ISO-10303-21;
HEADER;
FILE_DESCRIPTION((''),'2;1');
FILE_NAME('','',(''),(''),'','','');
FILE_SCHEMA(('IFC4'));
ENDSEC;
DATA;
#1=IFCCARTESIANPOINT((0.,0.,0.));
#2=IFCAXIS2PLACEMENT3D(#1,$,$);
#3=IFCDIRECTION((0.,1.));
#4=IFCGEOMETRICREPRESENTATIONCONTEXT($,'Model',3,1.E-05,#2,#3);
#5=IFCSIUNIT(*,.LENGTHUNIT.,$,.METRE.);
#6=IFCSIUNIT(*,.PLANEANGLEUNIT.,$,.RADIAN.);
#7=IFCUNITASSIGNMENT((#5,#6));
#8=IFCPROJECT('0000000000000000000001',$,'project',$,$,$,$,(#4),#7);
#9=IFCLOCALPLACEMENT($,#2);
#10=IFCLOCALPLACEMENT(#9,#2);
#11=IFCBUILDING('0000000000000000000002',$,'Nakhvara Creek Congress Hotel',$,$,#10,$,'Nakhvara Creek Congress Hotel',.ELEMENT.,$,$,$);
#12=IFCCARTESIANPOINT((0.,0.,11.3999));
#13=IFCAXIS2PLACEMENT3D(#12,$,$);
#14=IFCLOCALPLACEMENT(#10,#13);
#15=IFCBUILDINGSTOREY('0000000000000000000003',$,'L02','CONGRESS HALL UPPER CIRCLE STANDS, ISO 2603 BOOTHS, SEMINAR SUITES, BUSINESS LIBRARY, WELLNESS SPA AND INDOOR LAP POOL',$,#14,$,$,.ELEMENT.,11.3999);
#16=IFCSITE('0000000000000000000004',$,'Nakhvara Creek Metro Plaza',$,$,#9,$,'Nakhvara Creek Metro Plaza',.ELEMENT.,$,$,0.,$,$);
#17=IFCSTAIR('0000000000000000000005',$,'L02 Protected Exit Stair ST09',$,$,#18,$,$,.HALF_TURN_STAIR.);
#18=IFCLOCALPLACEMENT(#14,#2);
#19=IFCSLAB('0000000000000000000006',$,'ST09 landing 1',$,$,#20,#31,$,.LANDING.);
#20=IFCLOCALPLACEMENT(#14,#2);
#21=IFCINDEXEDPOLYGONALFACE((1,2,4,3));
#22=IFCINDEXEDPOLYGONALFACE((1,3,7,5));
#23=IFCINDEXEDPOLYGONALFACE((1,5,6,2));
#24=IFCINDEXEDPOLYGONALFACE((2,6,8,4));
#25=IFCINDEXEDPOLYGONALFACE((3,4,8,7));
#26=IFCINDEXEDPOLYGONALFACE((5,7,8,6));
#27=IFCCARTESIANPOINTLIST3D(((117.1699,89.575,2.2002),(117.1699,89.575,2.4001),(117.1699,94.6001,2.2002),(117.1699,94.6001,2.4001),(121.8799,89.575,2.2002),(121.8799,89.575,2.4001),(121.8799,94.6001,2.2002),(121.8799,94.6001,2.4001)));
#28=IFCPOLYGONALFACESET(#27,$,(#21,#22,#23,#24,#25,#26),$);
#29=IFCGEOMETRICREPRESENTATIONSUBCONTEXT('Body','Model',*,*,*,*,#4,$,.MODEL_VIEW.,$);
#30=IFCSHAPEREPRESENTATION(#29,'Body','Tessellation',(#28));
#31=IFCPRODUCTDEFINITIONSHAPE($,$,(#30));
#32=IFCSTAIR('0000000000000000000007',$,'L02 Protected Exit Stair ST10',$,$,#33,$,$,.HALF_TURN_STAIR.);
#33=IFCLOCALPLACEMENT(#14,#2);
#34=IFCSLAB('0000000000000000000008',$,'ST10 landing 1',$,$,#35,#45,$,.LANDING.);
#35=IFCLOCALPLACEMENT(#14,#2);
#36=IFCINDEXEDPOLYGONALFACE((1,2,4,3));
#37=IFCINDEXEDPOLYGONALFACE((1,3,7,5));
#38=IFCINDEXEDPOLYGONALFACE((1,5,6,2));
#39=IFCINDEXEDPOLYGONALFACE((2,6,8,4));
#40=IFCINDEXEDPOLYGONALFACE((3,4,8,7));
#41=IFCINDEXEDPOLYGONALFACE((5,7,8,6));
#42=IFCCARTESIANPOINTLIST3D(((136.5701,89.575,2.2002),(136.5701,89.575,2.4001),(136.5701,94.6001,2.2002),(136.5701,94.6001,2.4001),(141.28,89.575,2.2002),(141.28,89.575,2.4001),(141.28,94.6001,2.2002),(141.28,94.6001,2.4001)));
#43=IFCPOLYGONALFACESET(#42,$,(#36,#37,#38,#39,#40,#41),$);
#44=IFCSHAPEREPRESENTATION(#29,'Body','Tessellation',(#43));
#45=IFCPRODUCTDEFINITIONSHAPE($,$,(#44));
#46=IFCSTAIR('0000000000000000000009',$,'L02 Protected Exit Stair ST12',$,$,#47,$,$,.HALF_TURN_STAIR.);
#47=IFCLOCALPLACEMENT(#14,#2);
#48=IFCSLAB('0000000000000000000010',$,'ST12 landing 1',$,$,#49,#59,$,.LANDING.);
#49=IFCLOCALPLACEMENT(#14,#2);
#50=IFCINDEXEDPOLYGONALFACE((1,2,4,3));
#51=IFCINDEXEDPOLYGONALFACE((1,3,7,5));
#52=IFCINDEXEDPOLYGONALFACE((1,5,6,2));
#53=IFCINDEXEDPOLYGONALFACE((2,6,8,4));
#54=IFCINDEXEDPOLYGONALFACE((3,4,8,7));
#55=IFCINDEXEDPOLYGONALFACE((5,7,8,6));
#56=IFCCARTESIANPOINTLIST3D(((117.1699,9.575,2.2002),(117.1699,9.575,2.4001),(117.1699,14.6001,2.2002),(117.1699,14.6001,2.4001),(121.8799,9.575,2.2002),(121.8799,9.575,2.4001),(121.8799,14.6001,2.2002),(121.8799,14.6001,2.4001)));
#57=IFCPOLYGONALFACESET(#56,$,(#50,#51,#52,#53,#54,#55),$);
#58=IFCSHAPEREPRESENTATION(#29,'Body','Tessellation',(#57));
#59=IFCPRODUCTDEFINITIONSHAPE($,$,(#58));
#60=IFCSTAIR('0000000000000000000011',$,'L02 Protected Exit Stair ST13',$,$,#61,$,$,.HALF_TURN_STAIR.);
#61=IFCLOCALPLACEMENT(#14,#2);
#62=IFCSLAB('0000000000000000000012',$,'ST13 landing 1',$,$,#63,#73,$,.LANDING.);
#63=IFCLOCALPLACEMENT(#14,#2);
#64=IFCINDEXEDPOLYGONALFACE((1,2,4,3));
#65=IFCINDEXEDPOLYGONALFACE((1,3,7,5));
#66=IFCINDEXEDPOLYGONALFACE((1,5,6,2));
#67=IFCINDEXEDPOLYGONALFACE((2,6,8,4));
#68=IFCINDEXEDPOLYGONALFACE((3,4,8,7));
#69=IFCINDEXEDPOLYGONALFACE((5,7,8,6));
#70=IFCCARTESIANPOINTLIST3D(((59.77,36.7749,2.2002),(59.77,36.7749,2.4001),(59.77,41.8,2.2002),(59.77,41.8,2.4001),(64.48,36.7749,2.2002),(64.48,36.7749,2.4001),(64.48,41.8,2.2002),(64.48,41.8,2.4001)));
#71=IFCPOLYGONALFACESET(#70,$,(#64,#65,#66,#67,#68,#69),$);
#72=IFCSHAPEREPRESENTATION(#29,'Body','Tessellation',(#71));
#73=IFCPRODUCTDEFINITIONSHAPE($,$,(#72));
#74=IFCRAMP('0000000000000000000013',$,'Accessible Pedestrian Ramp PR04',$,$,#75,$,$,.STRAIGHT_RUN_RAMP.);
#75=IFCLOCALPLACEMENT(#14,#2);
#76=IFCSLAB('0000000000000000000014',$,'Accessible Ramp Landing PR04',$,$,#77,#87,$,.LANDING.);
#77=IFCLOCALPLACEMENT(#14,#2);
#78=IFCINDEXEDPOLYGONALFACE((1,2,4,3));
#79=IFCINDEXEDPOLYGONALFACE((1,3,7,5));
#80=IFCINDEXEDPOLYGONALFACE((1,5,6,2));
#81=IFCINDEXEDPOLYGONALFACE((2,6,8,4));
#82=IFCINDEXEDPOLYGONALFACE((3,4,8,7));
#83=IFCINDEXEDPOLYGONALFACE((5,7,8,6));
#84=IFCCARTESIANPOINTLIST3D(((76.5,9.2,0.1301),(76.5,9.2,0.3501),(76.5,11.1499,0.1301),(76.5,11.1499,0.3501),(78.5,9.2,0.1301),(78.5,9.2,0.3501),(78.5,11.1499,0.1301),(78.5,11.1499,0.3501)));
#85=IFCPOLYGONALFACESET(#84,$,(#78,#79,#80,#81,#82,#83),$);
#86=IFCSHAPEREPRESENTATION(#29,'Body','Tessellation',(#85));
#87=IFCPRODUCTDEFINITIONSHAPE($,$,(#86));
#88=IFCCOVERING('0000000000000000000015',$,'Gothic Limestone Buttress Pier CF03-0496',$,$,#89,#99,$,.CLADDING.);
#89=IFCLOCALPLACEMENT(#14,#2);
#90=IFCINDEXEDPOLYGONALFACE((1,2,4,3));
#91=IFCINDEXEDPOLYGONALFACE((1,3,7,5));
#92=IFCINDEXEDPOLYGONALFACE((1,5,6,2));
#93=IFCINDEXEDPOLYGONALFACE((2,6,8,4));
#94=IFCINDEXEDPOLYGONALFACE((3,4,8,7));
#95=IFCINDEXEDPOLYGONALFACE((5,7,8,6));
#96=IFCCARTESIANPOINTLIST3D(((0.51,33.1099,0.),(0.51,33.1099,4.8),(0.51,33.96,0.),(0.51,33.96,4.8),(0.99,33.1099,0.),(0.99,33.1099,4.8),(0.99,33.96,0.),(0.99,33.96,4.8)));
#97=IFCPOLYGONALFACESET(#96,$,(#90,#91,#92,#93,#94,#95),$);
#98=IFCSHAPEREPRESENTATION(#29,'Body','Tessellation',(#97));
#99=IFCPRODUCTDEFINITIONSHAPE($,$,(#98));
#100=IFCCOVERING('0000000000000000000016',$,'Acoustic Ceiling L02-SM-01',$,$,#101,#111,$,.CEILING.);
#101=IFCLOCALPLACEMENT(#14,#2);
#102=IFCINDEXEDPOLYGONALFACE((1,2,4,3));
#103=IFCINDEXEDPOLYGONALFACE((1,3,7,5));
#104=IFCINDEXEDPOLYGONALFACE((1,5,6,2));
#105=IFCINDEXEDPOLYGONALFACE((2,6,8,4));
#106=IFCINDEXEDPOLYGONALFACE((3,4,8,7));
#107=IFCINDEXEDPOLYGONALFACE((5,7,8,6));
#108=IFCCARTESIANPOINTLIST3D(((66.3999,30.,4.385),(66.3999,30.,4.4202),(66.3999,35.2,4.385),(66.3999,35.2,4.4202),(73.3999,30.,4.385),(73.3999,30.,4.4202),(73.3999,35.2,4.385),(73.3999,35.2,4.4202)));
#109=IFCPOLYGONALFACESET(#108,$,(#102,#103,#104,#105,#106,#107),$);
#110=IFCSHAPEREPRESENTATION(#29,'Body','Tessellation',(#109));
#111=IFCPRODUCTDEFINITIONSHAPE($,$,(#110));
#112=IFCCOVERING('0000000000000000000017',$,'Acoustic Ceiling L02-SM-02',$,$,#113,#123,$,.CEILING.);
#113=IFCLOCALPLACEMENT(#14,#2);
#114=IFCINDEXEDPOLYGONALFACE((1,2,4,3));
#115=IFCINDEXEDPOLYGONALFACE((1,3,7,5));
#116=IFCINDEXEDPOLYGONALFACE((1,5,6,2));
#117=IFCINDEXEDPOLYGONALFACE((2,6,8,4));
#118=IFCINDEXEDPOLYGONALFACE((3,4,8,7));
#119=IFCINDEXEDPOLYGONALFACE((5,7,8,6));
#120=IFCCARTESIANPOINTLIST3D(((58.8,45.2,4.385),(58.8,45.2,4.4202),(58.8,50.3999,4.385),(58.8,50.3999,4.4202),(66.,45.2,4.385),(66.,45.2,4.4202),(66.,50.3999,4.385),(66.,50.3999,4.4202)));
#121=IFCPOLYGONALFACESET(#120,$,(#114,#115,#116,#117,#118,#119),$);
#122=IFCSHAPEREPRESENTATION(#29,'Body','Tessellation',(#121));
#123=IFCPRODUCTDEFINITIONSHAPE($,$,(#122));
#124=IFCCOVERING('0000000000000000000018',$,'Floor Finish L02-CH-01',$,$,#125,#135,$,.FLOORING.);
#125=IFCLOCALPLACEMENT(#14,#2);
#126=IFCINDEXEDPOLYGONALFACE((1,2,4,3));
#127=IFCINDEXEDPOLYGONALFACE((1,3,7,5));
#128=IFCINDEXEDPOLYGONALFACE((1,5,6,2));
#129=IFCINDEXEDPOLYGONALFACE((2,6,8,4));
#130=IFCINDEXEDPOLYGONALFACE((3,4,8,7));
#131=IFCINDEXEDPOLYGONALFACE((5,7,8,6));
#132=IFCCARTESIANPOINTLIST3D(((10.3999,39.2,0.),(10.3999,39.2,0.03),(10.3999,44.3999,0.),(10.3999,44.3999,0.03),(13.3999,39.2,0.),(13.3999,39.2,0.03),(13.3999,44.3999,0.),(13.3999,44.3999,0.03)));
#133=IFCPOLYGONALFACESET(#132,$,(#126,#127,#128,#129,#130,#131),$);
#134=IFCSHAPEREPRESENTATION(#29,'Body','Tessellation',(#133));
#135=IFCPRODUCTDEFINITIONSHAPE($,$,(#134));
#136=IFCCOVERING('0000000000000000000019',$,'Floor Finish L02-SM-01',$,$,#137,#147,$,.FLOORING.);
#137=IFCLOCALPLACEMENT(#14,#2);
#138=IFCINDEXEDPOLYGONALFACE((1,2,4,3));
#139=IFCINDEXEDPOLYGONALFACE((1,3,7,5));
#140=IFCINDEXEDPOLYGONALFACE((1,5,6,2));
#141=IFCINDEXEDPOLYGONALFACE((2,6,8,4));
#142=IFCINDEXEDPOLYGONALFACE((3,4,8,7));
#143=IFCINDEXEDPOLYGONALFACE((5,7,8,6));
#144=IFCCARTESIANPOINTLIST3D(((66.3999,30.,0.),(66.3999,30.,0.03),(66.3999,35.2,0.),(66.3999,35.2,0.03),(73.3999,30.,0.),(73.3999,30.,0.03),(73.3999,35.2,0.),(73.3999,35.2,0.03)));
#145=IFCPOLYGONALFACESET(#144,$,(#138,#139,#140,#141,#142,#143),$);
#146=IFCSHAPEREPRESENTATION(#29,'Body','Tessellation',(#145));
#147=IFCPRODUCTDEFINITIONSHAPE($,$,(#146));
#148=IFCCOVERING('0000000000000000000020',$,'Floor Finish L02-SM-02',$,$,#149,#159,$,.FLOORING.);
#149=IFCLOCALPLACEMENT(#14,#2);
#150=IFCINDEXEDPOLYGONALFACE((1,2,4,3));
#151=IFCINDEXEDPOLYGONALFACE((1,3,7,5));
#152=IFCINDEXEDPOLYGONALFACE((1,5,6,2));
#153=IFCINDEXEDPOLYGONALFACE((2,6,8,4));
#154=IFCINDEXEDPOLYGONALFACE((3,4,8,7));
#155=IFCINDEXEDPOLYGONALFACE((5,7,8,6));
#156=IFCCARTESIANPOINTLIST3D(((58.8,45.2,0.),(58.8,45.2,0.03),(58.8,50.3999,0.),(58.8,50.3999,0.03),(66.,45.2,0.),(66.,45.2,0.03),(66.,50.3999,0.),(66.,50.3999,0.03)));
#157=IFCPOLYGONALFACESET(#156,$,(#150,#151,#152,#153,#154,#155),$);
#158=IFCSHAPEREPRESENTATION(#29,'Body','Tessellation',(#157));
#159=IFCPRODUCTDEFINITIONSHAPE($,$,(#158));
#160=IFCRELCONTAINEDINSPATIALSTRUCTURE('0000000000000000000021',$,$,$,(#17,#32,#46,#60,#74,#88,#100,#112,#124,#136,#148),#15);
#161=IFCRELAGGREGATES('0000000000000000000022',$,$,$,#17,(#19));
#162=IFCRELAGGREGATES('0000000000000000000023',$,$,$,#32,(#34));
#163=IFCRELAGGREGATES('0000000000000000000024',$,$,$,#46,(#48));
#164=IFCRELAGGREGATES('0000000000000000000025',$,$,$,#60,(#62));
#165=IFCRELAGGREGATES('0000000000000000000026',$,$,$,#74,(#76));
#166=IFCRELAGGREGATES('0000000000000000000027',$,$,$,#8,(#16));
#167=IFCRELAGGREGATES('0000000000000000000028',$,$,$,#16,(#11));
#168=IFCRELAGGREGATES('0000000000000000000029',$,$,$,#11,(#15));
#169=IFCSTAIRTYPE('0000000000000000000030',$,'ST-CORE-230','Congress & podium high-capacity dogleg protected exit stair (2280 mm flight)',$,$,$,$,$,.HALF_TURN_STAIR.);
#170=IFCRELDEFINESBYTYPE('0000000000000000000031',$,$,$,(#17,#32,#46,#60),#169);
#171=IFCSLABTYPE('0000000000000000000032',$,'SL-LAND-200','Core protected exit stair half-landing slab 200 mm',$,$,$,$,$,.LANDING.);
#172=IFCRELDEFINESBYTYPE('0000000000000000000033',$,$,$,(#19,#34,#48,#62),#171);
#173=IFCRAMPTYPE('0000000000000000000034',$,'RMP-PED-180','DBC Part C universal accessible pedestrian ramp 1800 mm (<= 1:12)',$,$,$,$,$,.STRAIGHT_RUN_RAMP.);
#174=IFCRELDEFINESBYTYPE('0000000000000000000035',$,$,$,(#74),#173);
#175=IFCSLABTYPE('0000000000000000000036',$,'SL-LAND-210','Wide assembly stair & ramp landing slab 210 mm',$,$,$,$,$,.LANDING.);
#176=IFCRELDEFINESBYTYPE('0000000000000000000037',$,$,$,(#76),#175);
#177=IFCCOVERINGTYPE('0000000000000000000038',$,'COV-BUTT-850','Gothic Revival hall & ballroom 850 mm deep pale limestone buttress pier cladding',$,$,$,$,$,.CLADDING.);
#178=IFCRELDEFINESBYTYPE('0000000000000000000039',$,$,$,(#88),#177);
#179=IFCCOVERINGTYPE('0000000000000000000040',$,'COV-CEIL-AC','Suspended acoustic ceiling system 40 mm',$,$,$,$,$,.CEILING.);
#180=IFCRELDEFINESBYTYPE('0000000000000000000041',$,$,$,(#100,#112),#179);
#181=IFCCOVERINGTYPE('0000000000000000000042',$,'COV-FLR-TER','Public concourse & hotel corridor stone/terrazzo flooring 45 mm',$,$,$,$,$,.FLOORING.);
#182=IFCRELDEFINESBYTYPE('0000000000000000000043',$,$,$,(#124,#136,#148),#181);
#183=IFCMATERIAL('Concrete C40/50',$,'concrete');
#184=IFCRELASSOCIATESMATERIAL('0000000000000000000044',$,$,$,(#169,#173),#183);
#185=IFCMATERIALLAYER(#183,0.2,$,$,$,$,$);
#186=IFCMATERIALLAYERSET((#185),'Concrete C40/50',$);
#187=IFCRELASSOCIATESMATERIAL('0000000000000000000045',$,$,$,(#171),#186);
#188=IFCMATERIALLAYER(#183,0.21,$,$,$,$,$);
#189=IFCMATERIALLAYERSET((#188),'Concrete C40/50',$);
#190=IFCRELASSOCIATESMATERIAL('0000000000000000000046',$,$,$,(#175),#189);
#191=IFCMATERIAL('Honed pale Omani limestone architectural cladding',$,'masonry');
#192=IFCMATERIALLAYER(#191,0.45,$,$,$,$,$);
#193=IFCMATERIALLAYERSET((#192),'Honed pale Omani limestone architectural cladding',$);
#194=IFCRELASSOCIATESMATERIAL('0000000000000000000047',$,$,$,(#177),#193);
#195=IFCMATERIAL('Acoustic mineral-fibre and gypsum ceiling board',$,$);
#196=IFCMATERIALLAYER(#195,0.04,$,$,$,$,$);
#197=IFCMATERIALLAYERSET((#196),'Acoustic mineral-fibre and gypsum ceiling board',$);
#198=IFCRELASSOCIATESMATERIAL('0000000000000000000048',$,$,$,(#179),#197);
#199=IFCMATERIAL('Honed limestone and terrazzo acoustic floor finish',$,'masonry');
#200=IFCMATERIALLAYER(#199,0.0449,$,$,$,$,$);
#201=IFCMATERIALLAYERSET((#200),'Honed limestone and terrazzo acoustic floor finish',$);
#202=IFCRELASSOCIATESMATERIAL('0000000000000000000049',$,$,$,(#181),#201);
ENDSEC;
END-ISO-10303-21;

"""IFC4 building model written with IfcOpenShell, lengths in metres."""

from ifc_helpers import new_model, si_unit, direction, frame, origin, origin_2d, place, context, subcontext, project, spatial, polyline, rectangle, outline, extrude, material, layer, layer_set, type_object, element, aggregate, save


model = new_model("IFC4")

# Units and contexts
model_context = context("Model", 3, precision=1e-05, world=origin(), true_north=direction((0.0, 1.0)))
body_context = subcontext(model_context, "Body", "Model", "MODEL_VIEW")
ifc_project = project(units=[si_unit("LENGTHUNIT", "METRE"), si_unit("PLANEANGLEUNIT", "RADIAN")], contexts=[model_context])

# Site, building, storey
site_placement = place(None, origin())
site = spatial("IfcSite", under=ifc_project, at=site_placement, Name="Nakhvara Creek Metro Plaza", LongName="Nakhvara Creek Metro Plaza", CompositionType="ELEMENT", RefElevation=0.0)
building_placement = place(site_placement, origin())
building = spatial("IfcBuilding", under=site, at=building_placement, Name="Nakhvara Creek Congress Hotel", LongName="Nakhvara Creek Congress Hotel", CompositionType="ELEMENT")
storey_placement = place(building_placement, frame((0.0, 0.0, 11.3999)))
storey = spatial("IfcBuildingStorey", under=building, at=storey_placement, Name="L02", Description="CONGRESS HALL UPPER CIRCLE STANDS, ISO 2603 BOOTHS, SEMINAR SUITES, BUSINESS LIBRARY, WELLNESS SPA AND INDOOR LAP POOL", CompositionType="ELEMENT", Elevation=11.3999)

# Stairs, slabs
ifc_material_1 = material(Name="Concrete C40/50", Category="concrete")
stair_type = type_object("IfcStairType", Name="ST-CORE-230", Description="Congress & podium high-capacity dogleg protected exit stair (2280 mm flight)", PredefinedType="HALF_TURN_STAIR", material=ifc_material_1)
stair_1_placement = place(storey_placement, origin())
stair_1 = element("IfcStair", 1, at=stair_1_placement, inside=storey, type_object=stair_type, Name="L02 Protected Exit Stair ST09", PredefinedType="HALF_TURN_STAIR")
ifc_layer_1 = layer(ifc_material_1, 0.2)
ifc_layer_set_1 = layer_set([ifc_layer_1], Name="Concrete C40/50")
slab_type_1 = type_object("IfcSlabType", Name="SL-LAND-200", Description="Core protected exit stair half-landing slab 200 mm", PredefinedType="LANDING", material=ifc_layer_set_1)
slab_1_placement = place(storey_placement, frame((0.0, 0.0, 2.2002)))
slab_1 = element("IfcSlab", 2, at=slab_1_placement, type_object=slab_type_1, Name="ST09 landing 1", PredefinedType="LANDING", context=body_context, shape_type="SweptSolid", body=[
    extrude(outline(polyline([(121.8799, 89.575), (121.8799, 94.6001), (117.1699, 94.6001), (117.1699, 89.575), (121.8799, 89.575)])), origin(), (0.0, 0.0, 1.0), 0.2),
])
aggregate(stair_1, [slab_1])
stair_2_placement = place(storey_placement, origin())
stair_2 = element("IfcStair", 3, at=stair_2_placement, inside=storey, type_object=stair_type, Name="L02 Protected Exit Stair ST10", PredefinedType="HALF_TURN_STAIR")
slab_2_placement = place(storey_placement, frame((0.0, 0.0, 2.2002)))
slab_2 = element("IfcSlab", 4, at=slab_2_placement, type_object=slab_type_1, Name="ST10 landing 1", PredefinedType="LANDING", context=body_context, shape_type="SweptSolid", body=[
    extrude(outline(polyline([(141.28, 89.575), (141.28, 94.6001), (136.5701, 94.6001), (136.5701, 89.575), (141.28, 89.575)])), origin(), (0.0, 0.0, 1.0), 0.2),
])
aggregate(stair_2, [slab_2])
stair_3_placement = place(storey_placement, origin())
stair_3 = element("IfcStair", 5, at=stair_3_placement, inside=storey, type_object=stair_type, Name="L02 Protected Exit Stair ST12", PredefinedType="HALF_TURN_STAIR")
slab_3_placement = place(storey_placement, frame((0.0, 0.0, 2.2002)))
slab_3 = element("IfcSlab", 6, at=slab_3_placement, type_object=slab_type_1, Name="ST12 landing 1", PredefinedType="LANDING", context=body_context, shape_type="SweptSolid", body=[
    extrude(outline(polyline([(121.8799, 9.575), (121.8799, 14.6001), (117.1699, 14.6001), (117.1699, 9.575), (121.8799, 9.575)])), origin(), (0.0, 0.0, 1.0), 0.2),
])
aggregate(stair_3, [slab_3])
stair_4_placement = place(storey_placement, origin())
stair_4 = element("IfcStair", 7, at=stair_4_placement, inside=storey, type_object=stair_type, Name="L02 Protected Exit Stair ST13", PredefinedType="HALF_TURN_STAIR")
slab_4_placement = place(storey_placement, frame((0.0, 0.0, 2.2002)))
slab_4 = element("IfcSlab", 8, at=slab_4_placement, type_object=slab_type_1, Name="ST13 landing 1", PredefinedType="LANDING", context=body_context, shape_type="SweptSolid", body=[
    extrude(outline(polyline([(64.48, 36.7749), (64.48, 41.8), (59.77, 41.8), (59.77, 36.7749), (64.48, 36.7749)])), origin(), (0.0, 0.0, 1.0), 0.2),
])
aggregate(stair_4, [slab_4])

# Ramp, slab
ramp_type = type_object("IfcRampType", Name="RMP-PED-180", Description="DBC Part C universal accessible pedestrian ramp 1800 mm (<= 1:12)", PredefinedType="STRAIGHT_RUN_RAMP", material=ifc_material_1)
ramp_placement = place(storey_placement, origin())
ramp = element("IfcRamp", 9, at=ramp_placement, inside=storey, type_object=ramp_type, Name="Accessible Pedestrian Ramp PR04", PredefinedType="STRAIGHT_RUN_RAMP")
ifc_layer_2 = layer(ifc_material_1, 0.21)
ifc_layer_set_2 = layer_set([ifc_layer_2], Name="Concrete C40/50")
slab_type_2 = type_object("IfcSlabType", Name="SL-LAND-210", Description="Wide assembly stair & ramp landing slab 210 mm", PredefinedType="LANDING", material=ifc_layer_set_2)
slab_5_placement = place(storey_placement, frame((0.0, 0.0, 0.1301)))
slab_5 = element("IfcSlab", 10, at=slab_5_placement, type_object=slab_type_2, Name="Accessible Ramp Landing PR04", PredefinedType="LANDING", context=body_context, shape_type="SweptSolid", body=[
    extrude(outline(polyline([(76.5, 9.2), (78.5, 9.2), (78.5, 11.1499), (76.5, 11.1499), (76.5, 9.2)])), origin(), (0.0, 0.0, 1.0), 0.22),
])
aggregate(ramp, [slab_5])

# Coverings
ifc_material_2 = material(Name="Honed pale Omani limestone architectural cladding", Category="masonry")
ifc_layer_3 = layer(ifc_material_2, 0.45)
ifc_layer_set_3 = layer_set([ifc_layer_3], Name="Honed pale Omani limestone architectural cladding")
covering_type_1 = type_object("IfcCoveringType", Name="COV-BUTT-850", Description="Gothic Revival hall & ballroom 850 mm deep pale limestone buttress pier cladding", PredefinedType="CLADDING", material=ifc_layer_set_3)
covering_1_placement = place(storey_placement, frame((0.75, 33.5349, 0.0), z_axis=(0.0, 0.0, 1.0), x_axis=(1.0, 0.0, 0.0)))
element("IfcCovering", 11, at=covering_1_placement, inside=storey, type_object=covering_type_1, Name="Gothic Limestone Buttress Pier CF03-0496", PredefinedType="CLADDING", context=body_context, shape_type="SweptSolid", body=[
    extrude(rectangle(XDim=0.48, YDim=0.8501, at=origin_2d()), origin(), (0.0, 0.0, 1.0), 4.8),
])
ifc_material_3 = material(Name="Acoustic mineral-fibre and gypsum ceiling board")
ifc_layer_4 = layer(ifc_material_3, 0.04)
ifc_layer_set_4 = layer_set([ifc_layer_4], Name="Acoustic mineral-fibre and gypsum ceiling board")
covering_type_2 = type_object("IfcCoveringType", Name="COV-CEIL-AC", Description="Suspended acoustic ceiling system 40 mm", PredefinedType="CEILING", material=ifc_layer_set_4)
covering_2_placement = place(storey_placement, frame((0.0, 0.0, 4.385)))
element("IfcCovering", 12, at=covering_2_placement, inside=storey, type_object=covering_type_2, Name="Acoustic Ceiling L02-SM-01", PredefinedType="CEILING", context=body_context, shape_type="SweptSolid", body=[
    extrude(outline(polyline([(66.3999, 30.0), (73.3999, 30.0), (73.3999, 35.2), (66.3999, 35.2), (66.3999, 30.0)])), origin(), (0.0, 0.0, 1.0), 0.0352),
])
covering_3_placement = place(storey_placement, frame((0.0, 0.0, 4.385)))
element("IfcCovering", 13, at=covering_3_placement, inside=storey, type_object=covering_type_2, Name="Acoustic Ceiling L02-SM-02", PredefinedType="CEILING", context=body_context, shape_type="SweptSolid", body=[
    extrude(outline(polyline([(58.8, 45.2), (66.0, 45.2), (66.0, 50.3999), (58.8, 50.3999), (58.8, 45.2)])), origin(), (0.0, 0.0, 1.0), 0.0352),
])
ifc_material_4 = material(Name="Honed limestone and terrazzo acoustic floor finish", Category="masonry")
ifc_layer_5 = layer(ifc_material_4, 0.0449)
ifc_layer_set_5 = layer_set([ifc_layer_5], Name="Honed limestone and terrazzo acoustic floor finish")
covering_type_3 = type_object("IfcCoveringType", Name="COV-FLR-TER", Description="Public concourse & hotel corridor stone/terrazzo flooring 45 mm", PredefinedType="FLOORING", material=ifc_layer_set_5)
covering_4_placement = place(storey_placement, origin())
element("IfcCovering", 14, at=covering_4_placement, inside=storey, type_object=covering_type_3, Name="Floor Finish L02-CH-01", PredefinedType="FLOORING", context=body_context, shape_type="SweptSolid", body=[
    extrude(outline(polyline([(10.3999, 39.2), (13.3999, 39.2), (13.3999, 44.3999), (10.3999, 44.3999), (10.3999, 39.2)])), origin(), (0.0, 0.0, 1.0), 0.03),
])
covering_5_placement = place(storey_placement, origin())
element("IfcCovering", 15, at=covering_5_placement, inside=storey, type_object=covering_type_3, Name="Floor Finish L02-SM-01", PredefinedType="FLOORING", context=body_context, shape_type="SweptSolid", body=[
    extrude(outline(polyline([(66.3999, 30.0), (73.3999, 30.0), (73.3999, 35.2), (66.3999, 35.2), (66.3999, 30.0)])), origin(), (0.0, 0.0, 1.0), 0.03),
])
covering_6_placement = place(storey_placement, origin())
element("IfcCovering", 16, at=covering_6_placement, inside=storey, type_object=covering_type_3, Name="Floor Finish L02-SM-02", PredefinedType="FLOORING", context=body_context, shape_type="SweptSolid", body=[
    extrude(outline(polyline([(58.8, 45.2), (66.0, 45.2), (66.0, 50.3999), (58.8, 50.3999), (58.8, 45.2)])), origin(), (0.0, 0.0, 1.0), 0.03),
])

save(model, "model.ifc")
